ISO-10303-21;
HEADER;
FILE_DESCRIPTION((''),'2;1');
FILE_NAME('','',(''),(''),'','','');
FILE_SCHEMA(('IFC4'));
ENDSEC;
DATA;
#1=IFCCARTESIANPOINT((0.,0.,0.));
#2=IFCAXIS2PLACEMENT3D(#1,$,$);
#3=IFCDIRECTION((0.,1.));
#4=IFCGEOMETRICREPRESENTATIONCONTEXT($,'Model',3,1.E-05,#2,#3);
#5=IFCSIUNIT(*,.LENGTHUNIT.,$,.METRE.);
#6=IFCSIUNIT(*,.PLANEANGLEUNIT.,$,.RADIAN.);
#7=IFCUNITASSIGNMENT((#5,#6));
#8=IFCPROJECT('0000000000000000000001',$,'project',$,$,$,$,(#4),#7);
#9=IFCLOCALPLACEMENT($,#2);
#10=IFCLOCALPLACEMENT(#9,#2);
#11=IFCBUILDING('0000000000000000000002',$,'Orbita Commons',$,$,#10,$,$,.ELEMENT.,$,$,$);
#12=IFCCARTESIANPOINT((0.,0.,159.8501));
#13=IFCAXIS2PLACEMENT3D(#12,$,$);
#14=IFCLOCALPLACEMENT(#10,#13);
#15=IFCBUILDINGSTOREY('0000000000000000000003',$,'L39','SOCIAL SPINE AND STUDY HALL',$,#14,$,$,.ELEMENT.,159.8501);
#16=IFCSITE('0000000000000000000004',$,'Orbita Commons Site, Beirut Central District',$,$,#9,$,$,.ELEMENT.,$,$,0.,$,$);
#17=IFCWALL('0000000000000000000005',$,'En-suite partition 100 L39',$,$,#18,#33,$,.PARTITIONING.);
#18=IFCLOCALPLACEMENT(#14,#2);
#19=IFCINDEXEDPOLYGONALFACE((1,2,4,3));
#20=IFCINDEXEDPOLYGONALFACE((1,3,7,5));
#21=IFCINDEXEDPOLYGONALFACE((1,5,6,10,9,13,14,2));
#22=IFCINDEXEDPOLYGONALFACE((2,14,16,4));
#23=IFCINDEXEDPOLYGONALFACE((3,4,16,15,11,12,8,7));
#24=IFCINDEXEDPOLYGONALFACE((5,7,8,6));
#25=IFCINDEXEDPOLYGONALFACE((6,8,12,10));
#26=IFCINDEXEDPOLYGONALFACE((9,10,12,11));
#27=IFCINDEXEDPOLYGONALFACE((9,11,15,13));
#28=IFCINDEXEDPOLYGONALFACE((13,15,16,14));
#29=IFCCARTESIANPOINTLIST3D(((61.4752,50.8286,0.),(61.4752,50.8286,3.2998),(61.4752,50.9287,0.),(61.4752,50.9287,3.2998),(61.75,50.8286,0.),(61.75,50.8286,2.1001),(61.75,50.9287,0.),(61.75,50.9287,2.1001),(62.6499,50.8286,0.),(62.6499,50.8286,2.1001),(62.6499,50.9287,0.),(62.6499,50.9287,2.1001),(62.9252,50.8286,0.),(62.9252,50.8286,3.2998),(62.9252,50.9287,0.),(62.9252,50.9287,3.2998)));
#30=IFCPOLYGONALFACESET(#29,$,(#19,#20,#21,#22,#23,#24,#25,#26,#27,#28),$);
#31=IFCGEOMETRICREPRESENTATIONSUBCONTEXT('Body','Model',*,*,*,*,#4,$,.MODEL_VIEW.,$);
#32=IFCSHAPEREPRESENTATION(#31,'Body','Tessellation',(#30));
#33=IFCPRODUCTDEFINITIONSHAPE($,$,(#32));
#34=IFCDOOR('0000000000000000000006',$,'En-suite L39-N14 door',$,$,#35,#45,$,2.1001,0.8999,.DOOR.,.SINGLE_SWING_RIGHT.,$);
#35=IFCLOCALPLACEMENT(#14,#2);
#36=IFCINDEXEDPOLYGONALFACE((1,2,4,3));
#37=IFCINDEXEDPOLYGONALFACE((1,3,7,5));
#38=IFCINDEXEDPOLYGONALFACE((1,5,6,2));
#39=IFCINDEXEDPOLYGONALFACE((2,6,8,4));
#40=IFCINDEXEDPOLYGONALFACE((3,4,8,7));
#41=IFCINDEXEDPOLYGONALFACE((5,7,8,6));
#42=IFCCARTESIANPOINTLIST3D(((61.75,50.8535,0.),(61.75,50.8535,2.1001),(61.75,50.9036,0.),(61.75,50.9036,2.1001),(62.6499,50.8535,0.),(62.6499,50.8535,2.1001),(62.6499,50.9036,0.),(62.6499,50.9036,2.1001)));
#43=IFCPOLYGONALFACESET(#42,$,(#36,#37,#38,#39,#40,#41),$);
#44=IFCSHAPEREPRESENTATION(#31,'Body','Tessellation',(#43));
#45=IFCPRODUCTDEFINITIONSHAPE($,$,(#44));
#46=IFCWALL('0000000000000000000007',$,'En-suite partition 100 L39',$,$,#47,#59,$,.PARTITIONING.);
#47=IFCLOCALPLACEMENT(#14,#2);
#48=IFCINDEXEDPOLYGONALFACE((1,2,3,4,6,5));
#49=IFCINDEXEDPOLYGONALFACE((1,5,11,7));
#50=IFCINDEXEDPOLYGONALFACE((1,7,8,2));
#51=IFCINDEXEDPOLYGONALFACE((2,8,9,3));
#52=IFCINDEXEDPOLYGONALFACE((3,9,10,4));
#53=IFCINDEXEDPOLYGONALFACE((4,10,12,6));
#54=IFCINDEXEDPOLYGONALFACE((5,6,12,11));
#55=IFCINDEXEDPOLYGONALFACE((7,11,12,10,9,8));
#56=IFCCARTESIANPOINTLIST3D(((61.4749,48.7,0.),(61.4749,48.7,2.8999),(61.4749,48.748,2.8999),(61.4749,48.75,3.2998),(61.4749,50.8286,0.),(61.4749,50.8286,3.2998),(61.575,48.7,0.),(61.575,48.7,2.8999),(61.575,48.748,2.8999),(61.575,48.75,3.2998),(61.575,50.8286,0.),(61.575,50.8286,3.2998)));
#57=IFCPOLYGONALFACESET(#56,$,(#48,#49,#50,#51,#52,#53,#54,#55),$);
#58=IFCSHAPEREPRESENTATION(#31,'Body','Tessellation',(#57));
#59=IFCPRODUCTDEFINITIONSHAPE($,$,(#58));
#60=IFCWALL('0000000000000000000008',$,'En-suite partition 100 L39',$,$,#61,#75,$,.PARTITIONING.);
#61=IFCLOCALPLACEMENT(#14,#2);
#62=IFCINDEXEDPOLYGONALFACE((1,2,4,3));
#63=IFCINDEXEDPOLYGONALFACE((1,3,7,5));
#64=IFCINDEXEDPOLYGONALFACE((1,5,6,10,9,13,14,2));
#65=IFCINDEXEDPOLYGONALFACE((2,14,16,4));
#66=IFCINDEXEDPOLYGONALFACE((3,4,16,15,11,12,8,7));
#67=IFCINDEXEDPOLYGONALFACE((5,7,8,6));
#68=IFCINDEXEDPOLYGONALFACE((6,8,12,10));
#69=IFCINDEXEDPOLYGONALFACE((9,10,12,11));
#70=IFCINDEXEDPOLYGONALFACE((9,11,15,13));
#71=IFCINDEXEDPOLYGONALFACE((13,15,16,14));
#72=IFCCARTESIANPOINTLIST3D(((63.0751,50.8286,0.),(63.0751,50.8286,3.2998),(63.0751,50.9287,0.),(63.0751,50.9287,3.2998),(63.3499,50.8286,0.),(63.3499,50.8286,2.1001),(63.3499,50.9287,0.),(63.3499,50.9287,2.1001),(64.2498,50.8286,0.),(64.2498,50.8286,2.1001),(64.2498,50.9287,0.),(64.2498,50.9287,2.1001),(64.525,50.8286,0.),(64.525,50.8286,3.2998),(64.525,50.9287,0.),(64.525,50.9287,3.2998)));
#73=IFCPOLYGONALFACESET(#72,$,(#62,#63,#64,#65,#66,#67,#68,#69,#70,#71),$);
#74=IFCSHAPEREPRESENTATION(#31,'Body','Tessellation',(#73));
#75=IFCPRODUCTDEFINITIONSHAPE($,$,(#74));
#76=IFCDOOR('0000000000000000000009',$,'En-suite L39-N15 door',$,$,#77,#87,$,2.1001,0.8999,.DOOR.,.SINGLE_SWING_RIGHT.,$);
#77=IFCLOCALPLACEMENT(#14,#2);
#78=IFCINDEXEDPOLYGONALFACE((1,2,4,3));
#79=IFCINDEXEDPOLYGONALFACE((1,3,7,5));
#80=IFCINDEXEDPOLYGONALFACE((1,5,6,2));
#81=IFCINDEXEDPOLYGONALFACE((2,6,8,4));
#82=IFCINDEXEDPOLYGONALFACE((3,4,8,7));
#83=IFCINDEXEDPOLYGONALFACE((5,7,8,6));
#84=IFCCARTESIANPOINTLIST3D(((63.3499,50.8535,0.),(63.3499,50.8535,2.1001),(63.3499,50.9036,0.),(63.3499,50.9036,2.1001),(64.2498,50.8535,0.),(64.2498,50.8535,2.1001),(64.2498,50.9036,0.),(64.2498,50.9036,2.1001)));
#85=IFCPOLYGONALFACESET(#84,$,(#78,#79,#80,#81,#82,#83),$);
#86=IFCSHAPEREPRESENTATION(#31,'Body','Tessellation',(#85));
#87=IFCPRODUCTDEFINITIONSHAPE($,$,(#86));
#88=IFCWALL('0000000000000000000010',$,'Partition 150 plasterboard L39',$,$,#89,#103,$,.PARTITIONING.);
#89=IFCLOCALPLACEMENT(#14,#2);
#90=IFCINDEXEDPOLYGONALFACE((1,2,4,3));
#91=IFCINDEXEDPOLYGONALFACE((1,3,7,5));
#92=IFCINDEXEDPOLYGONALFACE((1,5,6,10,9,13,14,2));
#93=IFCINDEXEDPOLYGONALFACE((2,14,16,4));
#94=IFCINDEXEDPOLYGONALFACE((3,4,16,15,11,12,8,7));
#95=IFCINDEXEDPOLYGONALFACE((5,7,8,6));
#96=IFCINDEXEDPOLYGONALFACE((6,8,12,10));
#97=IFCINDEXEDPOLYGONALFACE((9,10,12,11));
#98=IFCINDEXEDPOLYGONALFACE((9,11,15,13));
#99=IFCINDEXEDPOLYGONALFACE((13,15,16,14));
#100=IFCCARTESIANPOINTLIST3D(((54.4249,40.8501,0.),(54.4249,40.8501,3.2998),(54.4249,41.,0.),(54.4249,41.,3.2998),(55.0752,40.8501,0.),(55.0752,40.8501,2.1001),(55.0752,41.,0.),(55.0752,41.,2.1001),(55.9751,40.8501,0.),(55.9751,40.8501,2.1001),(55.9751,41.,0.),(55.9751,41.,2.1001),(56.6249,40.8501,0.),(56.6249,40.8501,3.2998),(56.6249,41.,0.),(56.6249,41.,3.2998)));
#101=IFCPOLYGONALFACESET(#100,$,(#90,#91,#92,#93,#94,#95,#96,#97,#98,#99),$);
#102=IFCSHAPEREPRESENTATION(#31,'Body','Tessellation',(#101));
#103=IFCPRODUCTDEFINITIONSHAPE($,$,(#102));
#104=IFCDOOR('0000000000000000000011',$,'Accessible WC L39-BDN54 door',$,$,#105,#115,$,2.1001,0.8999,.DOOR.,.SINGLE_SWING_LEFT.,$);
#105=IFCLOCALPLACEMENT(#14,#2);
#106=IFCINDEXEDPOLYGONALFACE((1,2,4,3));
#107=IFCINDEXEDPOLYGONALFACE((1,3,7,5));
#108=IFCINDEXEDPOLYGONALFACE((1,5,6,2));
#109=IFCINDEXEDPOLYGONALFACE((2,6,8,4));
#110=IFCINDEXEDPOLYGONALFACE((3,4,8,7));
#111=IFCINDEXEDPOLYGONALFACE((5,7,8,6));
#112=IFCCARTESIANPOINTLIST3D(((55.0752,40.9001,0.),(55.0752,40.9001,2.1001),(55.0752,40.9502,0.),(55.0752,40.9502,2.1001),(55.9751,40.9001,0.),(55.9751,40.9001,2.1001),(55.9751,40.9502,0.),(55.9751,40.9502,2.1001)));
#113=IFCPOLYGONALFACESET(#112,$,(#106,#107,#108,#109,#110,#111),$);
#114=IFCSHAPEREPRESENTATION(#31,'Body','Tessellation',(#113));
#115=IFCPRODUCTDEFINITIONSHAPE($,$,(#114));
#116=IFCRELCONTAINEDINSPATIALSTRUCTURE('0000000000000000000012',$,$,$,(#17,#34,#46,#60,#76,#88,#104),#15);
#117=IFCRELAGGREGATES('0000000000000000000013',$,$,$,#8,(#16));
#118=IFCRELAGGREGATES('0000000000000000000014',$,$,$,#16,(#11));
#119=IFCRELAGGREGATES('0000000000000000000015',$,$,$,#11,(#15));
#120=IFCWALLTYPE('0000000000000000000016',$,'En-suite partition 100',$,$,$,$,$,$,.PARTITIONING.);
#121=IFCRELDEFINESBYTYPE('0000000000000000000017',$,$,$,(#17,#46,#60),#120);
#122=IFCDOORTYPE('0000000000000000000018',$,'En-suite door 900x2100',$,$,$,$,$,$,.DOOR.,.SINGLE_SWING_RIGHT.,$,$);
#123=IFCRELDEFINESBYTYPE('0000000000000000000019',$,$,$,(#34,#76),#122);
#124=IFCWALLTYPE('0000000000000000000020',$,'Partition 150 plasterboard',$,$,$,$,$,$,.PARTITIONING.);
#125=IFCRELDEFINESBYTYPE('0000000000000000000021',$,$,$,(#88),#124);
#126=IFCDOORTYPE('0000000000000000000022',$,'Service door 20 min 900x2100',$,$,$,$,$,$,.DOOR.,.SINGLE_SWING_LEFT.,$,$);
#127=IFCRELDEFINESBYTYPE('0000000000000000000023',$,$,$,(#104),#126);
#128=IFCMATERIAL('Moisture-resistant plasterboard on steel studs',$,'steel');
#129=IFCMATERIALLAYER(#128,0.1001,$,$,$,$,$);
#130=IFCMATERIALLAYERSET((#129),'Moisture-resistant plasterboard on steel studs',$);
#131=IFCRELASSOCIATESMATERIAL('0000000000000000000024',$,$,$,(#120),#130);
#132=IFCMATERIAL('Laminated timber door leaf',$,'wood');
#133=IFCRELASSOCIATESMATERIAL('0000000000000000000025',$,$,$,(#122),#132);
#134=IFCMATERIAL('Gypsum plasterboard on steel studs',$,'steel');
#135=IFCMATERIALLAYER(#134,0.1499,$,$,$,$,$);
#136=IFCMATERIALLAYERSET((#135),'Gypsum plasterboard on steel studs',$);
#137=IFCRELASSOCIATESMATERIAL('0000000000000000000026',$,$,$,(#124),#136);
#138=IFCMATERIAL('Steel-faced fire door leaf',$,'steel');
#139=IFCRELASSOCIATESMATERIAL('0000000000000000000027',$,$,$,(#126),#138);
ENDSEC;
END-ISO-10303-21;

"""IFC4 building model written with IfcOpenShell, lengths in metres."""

from ifc_helpers import new_model, si_unit, direction, frame, frame_2d, origin, place, context, subcontext, project, spatial, polyline, rectangle, outline, extrude, material, layer, layer_set, type_object, element, fill, save


model = new_model("IFC4")

# Units and contexts
model_context = context("Model", 3, precision=1e-05, world=origin(), true_north=direction((0.0, 1.0)))
body_context = subcontext(model_context, "Body", "Model", "MODEL_VIEW")
ifc_project = project(units=[si_unit("LENGTHUNIT", "METRE"), si_unit("PLANEANGLEUNIT", "RADIAN")], contexts=[model_context])

# Site, building, storey
site_placement = place(None, origin())
site = spatial("IfcSite", under=ifc_project, at=site_placement, Name="Orbita Commons Site, Beirut Central District", CompositionType="ELEMENT", RefElevation=0.0)
building_placement = place(site_placement, origin())
building = spatial("IfcBuilding", under=site, at=building_placement, Name="Orbita Commons", CompositionType="ELEMENT")
storey_placement = place(building_placement, frame((0.0, 0.0, 159.8501)))
storey = spatial("IfcBuildingStorey", under=building, at=storey_placement, Name="L39", Description="SOCIAL SPINE AND STUDY HALL", CompositionType="ELEMENT", Elevation=159.8501)

# Shared definitions
ifc_material_1 = material(Name="Moisture-resistant plasterboard on steel studs", Category="steel")
ifc_layer_1 = layer(ifc_material_1, 0.1001)
ifc_layer_set_1 = layer_set([ifc_layer_1], Name="Moisture-resistant plasterboard on steel studs")
wall_type_1 = type_object("IfcWallType", Name="En-suite partition 100", PredefinedType="PARTITIONING", material=ifc_layer_set_1)

# Wall, opening, door
wall_1_placement = place(storey_placement, frame((61.4751, 50.8787, 0.0), z_axis=(0.0, 0.0, 1.0), x_axis=(1.0, 0.0, 0.0)))
wall_1 = element("IfcWall", 1, at=wall_1_placement, inside=storey, type_object=wall_type_1, Name="En-suite partition 100 L39", PredefinedType="PARTITIONING", context=body_context, shape_type="SweptSolid", body=[
    extrude(rectangle(XDim=1.45, YDim=0.1001, at=frame_2d((0.7251, 0.0))), origin(), (0.0, 0.0, 1.0), 3.2998),
])
opening_1_placement = place(wall_1_placement, frame((0.2749, 0.0, 0.0)))
opening_1 = element("IfcOpeningElement", 2, at=opening_1_placement, cuts=wall_1, PredefinedType="OPENING", context=body_context, shape_type="SweptSolid", body=[
    extrude(rectangle(XDim=0.8999, YDim=2.1001, at=frame_2d((0.45, 1.05))), frame((0.0, 0.0601, 0.0), z_axis=(0.0, -1.0, 0.0), x_axis=(1.0, 0.0, 0.0)), (0.0, 0.0, 1.0), 0.1201),
])
ifc_material_2 = material(Name="Laminated timber door leaf", Category="wood")
door_type_1 = type_object("IfcDoorType", Name="En-suite door 900x2100", OperationType="SINGLE_SWING_RIGHT", PredefinedType="DOOR", material=ifc_material_2)
door_1_placement = place(opening_1_placement, origin())
door_1 = element("IfcDoor", 3, at=door_1_placement, inside=storey, type_object=door_type_1, Name="En-suite L39-N14 door", OperationType="SINGLE_SWING_RIGHT", OverallHeight=2.1001, OverallWidth=0.8999, PredefinedType="DOOR", context=body_context, shape_type="SweptSolid", body=[
    extrude(rectangle(XDim=0.8999, YDim=2.1001, at=frame_2d((0.45, 1.05))), frame((0.0, 0.0249, 0.0), z_axis=(0.0, -1.0, 0.0), x_axis=(1.0, 0.0, 0.0)), (0.0, 0.0, 1.0), 0.05),
])
fill(opening_1, door_1)

# Wall
wall_2_placement = place(storey_placement, frame((61.5249, 50.8286, 0.0), z_axis=(0.0, 0.0, 1.0), x_axis=(0.0, -1.0, 0.0)))
element("IfcWall", 4, at=wall_2_placement, inside=storey, type_object=wall_type_1, Name="En-suite partition 100 L39", PredefinedType="PARTITIONING", context=body_context, shape_type="SweptSolid", body=[
    extrude(outline(polyline([(0.0, 0.0), (2.1287, 0.0), (2.1287, 2.8999), (2.0806, 2.8999), (2.0786, 3.2998), (0.0, 3.2998), (0.0, 0.0)])), frame((0.0, 0.05, 0.0), z_axis=(0.0, -1.0, 0.0), x_axis=(1.0, 0.0, 0.0)), (0.0, 0.0, 1.0), 0.1001),
])

# Walls, openings, doors
wall_3_placement = place(storey_placement, frame((63.075, 50.8787, 0.0), z_axis=(0.0, 0.0, 1.0), x_axis=(1.0, 0.0, 0.0)))
wall_3 = element("IfcWall", 5, at=wall_3_placement, inside=storey, type_object=wall_type_1, Name="En-suite partition 100 L39", PredefinedType="PARTITIONING", context=body_context, shape_type="SweptSolid", body=[
    extrude(rectangle(XDim=1.45, YDim=0.1001, at=frame_2d((0.7251, 0.0))), origin(), (0.0, 0.0, 1.0), 3.2998),
])
opening_2_placement = place(wall_3_placement, frame((0.2749, 0.0, 0.0)))
opening_2 = element("IfcOpeningElement", 6, at=opening_2_placement, cuts=wall_3, PredefinedType="OPENING", context=body_context, shape_type="SweptSolid", body=[
    extrude(rectangle(XDim=0.8999, YDim=2.1001, at=frame_2d((0.45, 1.05))), frame((0.0, 0.0601, 0.0), z_axis=(0.0, -1.0, 0.0), x_axis=(1.0, 0.0, 0.0)), (0.0, 0.0, 1.0), 0.1201),
])
door_2_placement = place(opening_2_placement, origin())
door_2 = element("IfcDoor", 7, at=door_2_placement, inside=storey, type_object=door_type_1, Name="En-suite L39-N15 door", OperationType="SINGLE_SWING_RIGHT", OverallHeight=2.1001, OverallWidth=0.8999, PredefinedType="DOOR", context=body_context, shape_type="SweptSolid", body=[
    extrude(rectangle(XDim=0.8999, YDim=2.1001, at=frame_2d((0.45, 1.05))), frame((0.0, 0.0249, 0.0), z_axis=(0.0, -1.0, 0.0), x_axis=(1.0, 0.0, 0.0)), (0.0, 0.0, 1.0), 0.05),
])
fill(opening_2, door_2)
ifc_material_3 = material(Name="Gypsum plasterboard on steel studs", Category="steel")
ifc_layer_2 = layer(ifc_material_3, 0.1499)
ifc_layer_set_2 = layer_set([ifc_layer_2], Name="Gypsum plasterboard on steel studs")
wall_type_2 = type_object("IfcWallType", Name="Partition 150 plasterboard", PredefinedType="PARTITIONING", material=ifc_layer_set_2)
wall_4_placement = place(storey_placement, frame((56.625, 40.925, 0.0), z_axis=(0.0, 0.0, 1.0), x_axis=(-1.0, 0.0, 0.0)))
wall_4 = element("IfcWall", 8, at=wall_4_placement, inside=storey, type_object=wall_type_2, Name="Partition 150 plasterboard L39", PredefinedType="PARTITIONING", context=body_context, shape_type="SweptSolid", body=[
    extrude(rectangle(XDim=2.2, YDim=0.1499, at=frame_2d((1.1001, 0.0))), origin(), (0.0, 0.0, 1.0), 3.2998),
])
opening_3_placement = place(wall_4_placement, frame((0.6499, 0.0, 0.0)))
opening_3 = element("IfcOpeningElement", 9, at=opening_3_placement, cuts=wall_4, PredefinedType="OPENING", context=body_context, shape_type="SweptSolid", body=[
    extrude(rectangle(XDim=0.8999, YDim=2.1001, at=frame_2d((0.45, 1.05))), frame((0.0, 0.085, 0.0), z_axis=(0.0, -1.0, 0.0), x_axis=(1.0, 0.0, 0.0)), (0.0, 0.0, 1.0), 0.1699),
])
ifc_material_4 = material(Name="Steel-faced fire door leaf", Category="steel")
door_type_2 = type_object("IfcDoorType", Name="Service door 20 min 900x2100", OperationType="SINGLE_SWING_LEFT", PredefinedType="DOOR", material=ifc_material_4)
door_3_placement = place(opening_3_placement, origin())
door_3 = element("IfcDoor", 10, at=door_3_placement, inside=storey, type_object=door_type_2, Name="Accessible WC L39-BDN54 door", OperationType="SINGLE_SWING_LEFT", OverallHeight=2.1001, OverallWidth=0.8999, PredefinedType="DOOR", context=body_context, shape_type="SweptSolid", body=[
    extrude(rectangle(XDim=0.8999, YDim=2.1001, at=frame_2d((0.45, 1.05))), frame((0.0, 0.0249, 0.0), z_axis=(0.0, -1.0, 0.0), x_axis=(1.0, 0.0, 0.0)), (0.0, 0.0, 1.0), 0.05),
])
fill(opening_3, door_3)

save(model, "model.ifc")
